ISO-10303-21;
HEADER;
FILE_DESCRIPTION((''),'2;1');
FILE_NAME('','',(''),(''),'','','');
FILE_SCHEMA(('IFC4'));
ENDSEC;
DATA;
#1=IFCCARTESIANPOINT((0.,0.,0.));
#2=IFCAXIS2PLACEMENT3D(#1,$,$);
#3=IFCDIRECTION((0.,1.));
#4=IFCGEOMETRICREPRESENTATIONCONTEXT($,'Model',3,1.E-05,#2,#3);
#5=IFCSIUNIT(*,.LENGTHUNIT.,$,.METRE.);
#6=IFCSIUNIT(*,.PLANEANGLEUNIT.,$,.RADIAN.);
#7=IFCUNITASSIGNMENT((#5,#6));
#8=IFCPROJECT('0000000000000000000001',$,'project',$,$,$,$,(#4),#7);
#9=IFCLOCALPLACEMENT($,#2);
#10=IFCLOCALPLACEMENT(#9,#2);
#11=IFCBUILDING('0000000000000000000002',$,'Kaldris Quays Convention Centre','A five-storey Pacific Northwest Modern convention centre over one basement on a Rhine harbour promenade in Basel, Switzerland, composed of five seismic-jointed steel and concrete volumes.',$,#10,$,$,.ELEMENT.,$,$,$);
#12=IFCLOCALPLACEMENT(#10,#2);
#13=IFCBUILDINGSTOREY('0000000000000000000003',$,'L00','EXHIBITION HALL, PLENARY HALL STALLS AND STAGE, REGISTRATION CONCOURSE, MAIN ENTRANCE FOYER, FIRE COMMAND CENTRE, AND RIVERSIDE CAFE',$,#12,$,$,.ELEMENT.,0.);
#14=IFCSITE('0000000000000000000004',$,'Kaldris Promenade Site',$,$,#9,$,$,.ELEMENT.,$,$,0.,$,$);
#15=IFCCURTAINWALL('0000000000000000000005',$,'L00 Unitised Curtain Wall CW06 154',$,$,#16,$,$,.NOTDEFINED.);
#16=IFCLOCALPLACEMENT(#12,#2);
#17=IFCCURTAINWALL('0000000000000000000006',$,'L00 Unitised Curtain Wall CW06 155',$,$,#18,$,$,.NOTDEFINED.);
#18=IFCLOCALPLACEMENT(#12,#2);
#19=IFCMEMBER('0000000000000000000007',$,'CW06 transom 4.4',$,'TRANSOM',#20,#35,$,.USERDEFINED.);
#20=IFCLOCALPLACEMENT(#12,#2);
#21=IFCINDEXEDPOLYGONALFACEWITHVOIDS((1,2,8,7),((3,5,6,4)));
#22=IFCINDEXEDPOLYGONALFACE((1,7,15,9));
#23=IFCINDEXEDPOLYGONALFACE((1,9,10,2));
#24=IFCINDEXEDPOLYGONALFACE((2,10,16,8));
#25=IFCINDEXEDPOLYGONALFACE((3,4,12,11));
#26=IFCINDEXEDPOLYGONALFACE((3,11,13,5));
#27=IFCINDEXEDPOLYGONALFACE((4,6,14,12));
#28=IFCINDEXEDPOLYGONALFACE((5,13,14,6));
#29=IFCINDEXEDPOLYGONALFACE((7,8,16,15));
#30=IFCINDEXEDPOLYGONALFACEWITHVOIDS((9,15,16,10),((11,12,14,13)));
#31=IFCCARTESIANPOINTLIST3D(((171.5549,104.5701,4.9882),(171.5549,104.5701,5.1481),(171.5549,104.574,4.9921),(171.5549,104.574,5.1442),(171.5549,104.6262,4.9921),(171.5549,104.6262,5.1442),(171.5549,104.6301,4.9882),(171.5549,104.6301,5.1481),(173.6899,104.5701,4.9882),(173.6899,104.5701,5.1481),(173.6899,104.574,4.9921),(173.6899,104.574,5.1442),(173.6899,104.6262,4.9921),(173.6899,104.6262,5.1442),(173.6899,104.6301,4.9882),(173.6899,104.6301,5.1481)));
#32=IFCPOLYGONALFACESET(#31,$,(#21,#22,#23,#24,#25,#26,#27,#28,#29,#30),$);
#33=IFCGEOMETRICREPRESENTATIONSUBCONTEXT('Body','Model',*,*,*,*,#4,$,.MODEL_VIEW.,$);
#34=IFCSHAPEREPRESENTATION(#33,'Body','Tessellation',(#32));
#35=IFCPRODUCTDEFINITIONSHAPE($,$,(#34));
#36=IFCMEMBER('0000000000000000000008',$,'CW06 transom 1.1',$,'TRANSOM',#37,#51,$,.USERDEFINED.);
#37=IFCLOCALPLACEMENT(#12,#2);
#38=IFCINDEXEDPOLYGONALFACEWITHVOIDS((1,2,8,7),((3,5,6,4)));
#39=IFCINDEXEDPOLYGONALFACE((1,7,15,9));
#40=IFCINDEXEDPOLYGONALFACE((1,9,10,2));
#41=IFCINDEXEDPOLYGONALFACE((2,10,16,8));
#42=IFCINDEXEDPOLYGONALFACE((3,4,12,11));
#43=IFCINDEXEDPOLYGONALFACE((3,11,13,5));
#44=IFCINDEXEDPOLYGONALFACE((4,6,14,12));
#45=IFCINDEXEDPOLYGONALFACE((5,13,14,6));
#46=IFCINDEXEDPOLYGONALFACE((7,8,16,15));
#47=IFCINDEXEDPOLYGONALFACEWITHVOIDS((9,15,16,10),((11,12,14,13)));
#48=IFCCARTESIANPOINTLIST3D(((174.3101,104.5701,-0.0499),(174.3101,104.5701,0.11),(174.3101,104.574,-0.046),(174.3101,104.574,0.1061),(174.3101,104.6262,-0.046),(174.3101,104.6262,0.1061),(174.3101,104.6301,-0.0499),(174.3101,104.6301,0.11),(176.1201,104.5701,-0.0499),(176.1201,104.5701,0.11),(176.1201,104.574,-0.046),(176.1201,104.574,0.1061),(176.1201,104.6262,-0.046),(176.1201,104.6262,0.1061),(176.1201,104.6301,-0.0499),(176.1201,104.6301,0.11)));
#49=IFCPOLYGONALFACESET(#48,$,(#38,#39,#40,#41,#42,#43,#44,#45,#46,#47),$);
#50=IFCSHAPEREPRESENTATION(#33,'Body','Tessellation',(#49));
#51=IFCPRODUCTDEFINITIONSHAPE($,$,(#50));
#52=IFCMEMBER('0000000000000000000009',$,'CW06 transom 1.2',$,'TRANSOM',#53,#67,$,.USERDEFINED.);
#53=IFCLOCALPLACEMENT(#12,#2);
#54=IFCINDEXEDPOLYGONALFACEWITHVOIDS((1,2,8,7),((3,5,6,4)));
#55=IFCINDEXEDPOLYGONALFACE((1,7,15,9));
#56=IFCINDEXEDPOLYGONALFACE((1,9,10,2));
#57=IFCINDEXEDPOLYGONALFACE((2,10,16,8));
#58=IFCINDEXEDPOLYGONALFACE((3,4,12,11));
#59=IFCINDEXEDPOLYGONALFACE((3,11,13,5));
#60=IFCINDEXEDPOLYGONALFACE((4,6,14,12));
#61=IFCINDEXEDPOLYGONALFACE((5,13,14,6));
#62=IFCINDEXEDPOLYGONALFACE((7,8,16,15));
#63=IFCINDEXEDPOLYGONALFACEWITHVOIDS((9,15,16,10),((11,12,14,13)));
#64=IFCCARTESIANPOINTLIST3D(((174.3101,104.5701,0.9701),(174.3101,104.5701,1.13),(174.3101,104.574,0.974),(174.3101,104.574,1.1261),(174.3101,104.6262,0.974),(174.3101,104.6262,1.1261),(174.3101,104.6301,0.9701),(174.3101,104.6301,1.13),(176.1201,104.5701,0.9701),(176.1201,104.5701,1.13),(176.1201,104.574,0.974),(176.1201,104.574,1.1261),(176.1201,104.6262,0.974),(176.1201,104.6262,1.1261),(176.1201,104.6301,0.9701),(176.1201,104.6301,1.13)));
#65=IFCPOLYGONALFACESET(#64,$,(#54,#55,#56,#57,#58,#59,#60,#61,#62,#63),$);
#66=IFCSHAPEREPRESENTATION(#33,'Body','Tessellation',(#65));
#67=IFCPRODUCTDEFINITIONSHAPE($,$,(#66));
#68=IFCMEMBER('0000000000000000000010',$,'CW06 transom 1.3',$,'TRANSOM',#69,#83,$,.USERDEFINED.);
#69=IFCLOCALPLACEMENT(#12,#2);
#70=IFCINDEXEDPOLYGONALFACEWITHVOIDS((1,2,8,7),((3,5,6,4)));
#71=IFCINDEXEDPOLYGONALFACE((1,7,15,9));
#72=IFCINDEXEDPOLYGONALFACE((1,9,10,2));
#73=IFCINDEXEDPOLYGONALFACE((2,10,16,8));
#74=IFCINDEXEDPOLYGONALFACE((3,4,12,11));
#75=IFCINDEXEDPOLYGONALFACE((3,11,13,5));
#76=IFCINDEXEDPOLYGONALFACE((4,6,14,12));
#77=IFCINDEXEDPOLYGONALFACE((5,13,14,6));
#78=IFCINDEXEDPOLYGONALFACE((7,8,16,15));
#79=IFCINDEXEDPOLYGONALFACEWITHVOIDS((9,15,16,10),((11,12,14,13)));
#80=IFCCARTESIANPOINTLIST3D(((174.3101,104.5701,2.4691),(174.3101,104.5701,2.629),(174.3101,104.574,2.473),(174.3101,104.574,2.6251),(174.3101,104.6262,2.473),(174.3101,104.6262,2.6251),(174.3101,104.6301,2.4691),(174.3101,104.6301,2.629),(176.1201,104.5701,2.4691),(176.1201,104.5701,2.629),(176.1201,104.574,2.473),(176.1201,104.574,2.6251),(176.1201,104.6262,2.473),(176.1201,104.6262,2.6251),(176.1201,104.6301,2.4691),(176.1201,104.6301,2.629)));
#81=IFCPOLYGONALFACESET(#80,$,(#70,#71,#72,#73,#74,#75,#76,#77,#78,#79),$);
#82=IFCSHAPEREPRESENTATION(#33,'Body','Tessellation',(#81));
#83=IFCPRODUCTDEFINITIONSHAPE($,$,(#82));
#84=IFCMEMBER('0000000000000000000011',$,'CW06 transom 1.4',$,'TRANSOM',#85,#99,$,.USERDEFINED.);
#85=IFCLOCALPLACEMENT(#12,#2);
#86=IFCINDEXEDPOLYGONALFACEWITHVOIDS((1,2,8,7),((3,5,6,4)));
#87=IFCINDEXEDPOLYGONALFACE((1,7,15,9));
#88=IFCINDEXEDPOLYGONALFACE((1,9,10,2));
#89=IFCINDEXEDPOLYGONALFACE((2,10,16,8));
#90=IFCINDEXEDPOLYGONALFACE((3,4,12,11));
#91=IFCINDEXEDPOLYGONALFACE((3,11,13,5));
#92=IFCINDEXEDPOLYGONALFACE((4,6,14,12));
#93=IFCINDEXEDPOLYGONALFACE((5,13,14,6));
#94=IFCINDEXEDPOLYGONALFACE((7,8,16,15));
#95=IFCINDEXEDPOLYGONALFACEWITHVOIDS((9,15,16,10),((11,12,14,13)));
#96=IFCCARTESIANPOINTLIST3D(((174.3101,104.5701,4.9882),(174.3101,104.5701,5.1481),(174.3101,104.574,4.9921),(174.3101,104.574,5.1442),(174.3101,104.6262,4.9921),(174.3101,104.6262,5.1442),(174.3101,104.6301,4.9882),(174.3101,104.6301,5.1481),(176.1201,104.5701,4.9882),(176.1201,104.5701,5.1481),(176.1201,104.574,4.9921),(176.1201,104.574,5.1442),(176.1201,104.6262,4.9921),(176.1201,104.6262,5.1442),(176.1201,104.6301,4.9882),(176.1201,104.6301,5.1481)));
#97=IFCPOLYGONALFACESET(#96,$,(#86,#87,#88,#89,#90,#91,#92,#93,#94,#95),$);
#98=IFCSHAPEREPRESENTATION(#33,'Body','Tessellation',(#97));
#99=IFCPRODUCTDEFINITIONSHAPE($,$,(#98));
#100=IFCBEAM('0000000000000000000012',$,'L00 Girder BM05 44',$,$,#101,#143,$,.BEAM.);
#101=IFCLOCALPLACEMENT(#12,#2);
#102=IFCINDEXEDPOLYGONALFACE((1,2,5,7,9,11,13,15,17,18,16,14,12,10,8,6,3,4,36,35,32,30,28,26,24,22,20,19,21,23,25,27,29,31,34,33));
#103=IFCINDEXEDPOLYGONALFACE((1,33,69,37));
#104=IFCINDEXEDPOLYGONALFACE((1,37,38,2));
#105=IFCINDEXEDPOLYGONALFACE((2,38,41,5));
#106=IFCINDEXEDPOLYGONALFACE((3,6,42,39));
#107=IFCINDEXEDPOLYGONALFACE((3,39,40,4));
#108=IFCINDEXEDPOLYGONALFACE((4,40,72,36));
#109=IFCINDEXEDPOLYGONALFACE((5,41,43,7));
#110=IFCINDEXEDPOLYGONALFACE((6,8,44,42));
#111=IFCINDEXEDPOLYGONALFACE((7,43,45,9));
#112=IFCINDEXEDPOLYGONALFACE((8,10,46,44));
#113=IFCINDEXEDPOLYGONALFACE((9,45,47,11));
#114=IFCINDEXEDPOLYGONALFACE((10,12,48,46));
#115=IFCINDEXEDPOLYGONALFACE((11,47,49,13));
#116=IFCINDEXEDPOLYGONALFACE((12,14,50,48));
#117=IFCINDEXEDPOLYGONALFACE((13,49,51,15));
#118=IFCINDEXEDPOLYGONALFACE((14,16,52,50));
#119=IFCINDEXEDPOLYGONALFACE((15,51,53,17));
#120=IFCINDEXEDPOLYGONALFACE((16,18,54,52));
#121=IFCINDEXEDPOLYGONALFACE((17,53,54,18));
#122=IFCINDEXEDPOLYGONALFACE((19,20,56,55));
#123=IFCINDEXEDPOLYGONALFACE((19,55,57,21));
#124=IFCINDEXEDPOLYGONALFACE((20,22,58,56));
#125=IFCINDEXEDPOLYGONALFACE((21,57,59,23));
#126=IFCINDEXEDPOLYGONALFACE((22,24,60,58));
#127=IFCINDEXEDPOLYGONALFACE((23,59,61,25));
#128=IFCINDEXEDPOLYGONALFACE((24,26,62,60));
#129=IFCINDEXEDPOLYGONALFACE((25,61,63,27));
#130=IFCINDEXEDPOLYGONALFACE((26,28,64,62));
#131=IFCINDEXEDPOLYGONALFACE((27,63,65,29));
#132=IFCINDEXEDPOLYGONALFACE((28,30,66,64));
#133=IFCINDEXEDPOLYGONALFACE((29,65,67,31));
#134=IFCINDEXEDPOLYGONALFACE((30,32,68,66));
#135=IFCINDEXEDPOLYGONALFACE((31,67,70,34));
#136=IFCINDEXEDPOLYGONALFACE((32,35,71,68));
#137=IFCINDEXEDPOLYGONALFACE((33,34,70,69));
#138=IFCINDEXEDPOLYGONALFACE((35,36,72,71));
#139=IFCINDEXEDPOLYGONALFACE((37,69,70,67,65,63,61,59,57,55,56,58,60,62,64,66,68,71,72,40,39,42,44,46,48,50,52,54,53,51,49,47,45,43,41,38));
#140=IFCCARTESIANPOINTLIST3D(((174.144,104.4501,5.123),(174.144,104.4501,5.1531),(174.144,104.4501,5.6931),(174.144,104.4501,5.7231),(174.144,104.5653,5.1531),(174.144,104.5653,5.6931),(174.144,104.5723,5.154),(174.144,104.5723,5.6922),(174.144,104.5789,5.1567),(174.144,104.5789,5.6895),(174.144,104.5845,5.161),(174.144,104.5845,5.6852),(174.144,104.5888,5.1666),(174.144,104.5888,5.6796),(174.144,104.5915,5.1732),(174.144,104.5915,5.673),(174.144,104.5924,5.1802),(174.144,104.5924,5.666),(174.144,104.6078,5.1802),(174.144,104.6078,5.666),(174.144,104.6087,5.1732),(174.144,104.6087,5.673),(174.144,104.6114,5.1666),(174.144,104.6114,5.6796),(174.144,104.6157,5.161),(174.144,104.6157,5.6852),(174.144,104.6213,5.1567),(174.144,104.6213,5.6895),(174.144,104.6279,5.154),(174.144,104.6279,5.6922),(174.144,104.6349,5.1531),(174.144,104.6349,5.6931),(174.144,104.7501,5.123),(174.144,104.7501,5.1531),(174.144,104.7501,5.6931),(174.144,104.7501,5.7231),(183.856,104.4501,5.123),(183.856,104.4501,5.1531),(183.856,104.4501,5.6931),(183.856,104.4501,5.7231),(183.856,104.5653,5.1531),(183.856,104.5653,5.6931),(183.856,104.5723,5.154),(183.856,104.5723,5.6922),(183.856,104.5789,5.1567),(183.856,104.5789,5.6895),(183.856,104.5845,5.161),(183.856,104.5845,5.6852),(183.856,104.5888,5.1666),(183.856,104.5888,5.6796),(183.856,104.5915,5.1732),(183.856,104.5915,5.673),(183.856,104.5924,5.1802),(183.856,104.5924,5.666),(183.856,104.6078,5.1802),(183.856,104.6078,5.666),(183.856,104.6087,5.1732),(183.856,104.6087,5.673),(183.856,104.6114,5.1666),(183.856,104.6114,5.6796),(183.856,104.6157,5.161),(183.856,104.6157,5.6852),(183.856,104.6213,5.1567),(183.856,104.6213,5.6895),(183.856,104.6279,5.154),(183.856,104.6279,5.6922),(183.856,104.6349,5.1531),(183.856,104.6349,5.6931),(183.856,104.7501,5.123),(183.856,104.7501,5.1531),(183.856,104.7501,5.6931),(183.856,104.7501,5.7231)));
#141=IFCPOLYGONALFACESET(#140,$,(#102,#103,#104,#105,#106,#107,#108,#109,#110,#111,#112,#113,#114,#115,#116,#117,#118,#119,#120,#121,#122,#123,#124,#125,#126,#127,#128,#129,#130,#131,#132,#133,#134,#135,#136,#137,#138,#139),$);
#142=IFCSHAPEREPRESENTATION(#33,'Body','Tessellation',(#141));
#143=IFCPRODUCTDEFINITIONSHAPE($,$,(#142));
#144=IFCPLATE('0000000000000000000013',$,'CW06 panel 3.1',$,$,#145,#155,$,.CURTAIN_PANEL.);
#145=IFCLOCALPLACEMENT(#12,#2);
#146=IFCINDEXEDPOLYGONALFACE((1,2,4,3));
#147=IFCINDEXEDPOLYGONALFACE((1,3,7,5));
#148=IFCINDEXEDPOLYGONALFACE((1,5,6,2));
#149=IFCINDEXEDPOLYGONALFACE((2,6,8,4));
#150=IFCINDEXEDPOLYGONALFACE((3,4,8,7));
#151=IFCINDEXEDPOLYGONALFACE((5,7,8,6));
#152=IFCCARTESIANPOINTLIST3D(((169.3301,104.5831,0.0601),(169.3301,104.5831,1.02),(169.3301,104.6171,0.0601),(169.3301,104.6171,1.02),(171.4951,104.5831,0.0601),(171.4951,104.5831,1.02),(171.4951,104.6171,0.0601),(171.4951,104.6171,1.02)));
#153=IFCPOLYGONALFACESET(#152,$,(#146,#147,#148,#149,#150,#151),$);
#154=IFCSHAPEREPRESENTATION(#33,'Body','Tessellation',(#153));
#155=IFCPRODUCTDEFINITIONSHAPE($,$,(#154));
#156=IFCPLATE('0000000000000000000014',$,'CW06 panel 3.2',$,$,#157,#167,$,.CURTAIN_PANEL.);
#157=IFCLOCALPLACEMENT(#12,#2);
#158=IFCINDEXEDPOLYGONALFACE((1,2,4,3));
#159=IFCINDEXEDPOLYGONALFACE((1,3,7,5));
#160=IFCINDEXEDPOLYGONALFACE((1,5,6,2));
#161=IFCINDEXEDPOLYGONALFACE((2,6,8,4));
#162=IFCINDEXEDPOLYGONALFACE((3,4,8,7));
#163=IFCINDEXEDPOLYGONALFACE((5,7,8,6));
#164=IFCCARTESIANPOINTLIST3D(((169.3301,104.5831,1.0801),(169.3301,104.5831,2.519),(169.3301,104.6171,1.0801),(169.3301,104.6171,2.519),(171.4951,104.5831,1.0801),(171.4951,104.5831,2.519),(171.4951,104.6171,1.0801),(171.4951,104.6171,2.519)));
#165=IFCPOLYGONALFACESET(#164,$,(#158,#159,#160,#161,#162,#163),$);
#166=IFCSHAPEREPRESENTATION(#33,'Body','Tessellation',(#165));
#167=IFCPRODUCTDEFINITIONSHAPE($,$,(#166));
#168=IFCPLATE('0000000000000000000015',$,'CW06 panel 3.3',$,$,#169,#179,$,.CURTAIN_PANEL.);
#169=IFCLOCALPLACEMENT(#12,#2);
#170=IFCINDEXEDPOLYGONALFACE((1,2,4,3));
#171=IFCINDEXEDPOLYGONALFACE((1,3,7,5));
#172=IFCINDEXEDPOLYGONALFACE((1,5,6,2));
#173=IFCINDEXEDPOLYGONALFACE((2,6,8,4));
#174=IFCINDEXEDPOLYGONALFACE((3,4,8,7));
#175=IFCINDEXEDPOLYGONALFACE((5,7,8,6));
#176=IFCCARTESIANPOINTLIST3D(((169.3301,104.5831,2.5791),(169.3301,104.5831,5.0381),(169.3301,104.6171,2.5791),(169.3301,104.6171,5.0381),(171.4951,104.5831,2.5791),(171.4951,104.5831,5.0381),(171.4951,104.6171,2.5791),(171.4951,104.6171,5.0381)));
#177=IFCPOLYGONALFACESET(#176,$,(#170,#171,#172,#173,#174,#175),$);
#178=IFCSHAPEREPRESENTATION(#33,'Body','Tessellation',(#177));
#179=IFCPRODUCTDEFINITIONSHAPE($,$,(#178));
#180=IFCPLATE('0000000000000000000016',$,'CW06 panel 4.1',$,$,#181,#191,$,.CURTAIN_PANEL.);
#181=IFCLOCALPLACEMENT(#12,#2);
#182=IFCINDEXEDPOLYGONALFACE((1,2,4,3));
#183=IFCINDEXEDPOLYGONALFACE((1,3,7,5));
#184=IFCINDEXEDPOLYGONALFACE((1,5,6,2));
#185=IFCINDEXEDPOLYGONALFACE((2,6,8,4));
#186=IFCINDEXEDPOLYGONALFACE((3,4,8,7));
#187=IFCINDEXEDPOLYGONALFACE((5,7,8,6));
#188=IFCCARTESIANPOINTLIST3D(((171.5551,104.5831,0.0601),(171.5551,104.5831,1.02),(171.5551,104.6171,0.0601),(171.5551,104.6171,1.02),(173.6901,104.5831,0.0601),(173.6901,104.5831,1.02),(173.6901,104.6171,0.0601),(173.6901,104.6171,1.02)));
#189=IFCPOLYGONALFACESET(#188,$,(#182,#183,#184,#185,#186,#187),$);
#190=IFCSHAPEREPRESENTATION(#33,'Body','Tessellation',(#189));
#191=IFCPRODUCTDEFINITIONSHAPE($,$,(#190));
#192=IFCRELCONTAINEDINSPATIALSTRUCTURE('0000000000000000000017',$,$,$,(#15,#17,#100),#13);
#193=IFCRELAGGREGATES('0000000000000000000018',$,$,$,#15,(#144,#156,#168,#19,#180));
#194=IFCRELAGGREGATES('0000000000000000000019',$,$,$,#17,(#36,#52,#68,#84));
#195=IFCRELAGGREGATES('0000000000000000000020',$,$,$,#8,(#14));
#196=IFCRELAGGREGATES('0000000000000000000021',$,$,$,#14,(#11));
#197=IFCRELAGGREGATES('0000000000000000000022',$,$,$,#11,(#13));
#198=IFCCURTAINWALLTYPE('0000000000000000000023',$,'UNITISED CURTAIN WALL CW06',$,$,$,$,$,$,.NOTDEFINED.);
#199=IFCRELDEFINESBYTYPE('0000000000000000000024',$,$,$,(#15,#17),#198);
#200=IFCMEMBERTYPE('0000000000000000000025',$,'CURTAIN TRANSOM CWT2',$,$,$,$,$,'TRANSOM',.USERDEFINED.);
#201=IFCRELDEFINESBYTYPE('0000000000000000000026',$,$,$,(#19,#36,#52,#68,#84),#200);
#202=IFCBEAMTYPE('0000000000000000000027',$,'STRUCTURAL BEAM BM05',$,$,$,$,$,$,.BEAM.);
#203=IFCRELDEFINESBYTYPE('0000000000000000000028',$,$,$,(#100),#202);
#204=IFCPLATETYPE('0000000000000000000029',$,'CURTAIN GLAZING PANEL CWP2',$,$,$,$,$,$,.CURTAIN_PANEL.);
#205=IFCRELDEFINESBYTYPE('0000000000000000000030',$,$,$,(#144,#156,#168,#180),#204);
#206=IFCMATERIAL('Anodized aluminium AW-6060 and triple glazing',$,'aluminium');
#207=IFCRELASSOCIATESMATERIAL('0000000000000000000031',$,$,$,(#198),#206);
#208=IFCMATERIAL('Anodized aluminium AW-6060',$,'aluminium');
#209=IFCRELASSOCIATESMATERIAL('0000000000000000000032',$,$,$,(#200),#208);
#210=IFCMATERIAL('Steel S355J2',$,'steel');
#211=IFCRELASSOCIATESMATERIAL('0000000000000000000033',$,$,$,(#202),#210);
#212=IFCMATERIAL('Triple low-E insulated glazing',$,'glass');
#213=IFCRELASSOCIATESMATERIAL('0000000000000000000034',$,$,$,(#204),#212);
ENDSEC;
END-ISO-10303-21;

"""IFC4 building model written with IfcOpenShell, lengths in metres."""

from ifc_helpers import new_model, si_unit, direction, frame, origin, origin_2d, place, context, subcontext, project, spatial, rectangle, hollow_rectangle, i_section, extrude, material, material_profile, profile_set, type_object, element, aggregate, save


model = new_model("IFC4")

# Units and contexts
model_context = context("Model", 3, precision=1e-05, world=origin(), true_north=direction((0.0, 1.0)))
body_context = subcontext(model_context, "Body", "Model", "MODEL_VIEW")
ifc_project = project(units=[si_unit("LENGTHUNIT", "METRE"), si_unit("PLANEANGLEUNIT", "RADIAN")], contexts=[model_context])

# Site, building, storey
site_placement = place(None, origin())
site = spatial("IfcSite", under=ifc_project, at=site_placement, Name="Kaldris Promenade Site", CompositionType="ELEMENT", RefElevation=0.0)
building_placement = place(site_placement, origin())
building = spatial("IfcBuilding", under=site, at=building_placement, Name="Kaldris Quays Convention Centre", Description="A five-storey Pacific Northwest Modern convention centre over one basement on a Rhine harbour promenade in Basel, Switzerland, composed of five seismic-jointed steel and concrete volumes.", CompositionType="ELEMENT")
storey_placement = place(building_placement, origin())
storey = spatial("IfcBuildingStorey", under=building, at=storey_placement, Name="L00", Description="EXHIBITION HALL, PLENARY HALL STALLS AND STAGE, REGISTRATION CONCOURSE, MAIN ENTRANCE FOYER, FIRE COMMAND CENTRE, AND RIVERSIDE CAFE", CompositionType="ELEMENT", Elevation=0.0)

# Shared definitions
ifc_material_1 = material(Name="Steel S355J2", Category="steel")

# Curtain walls
ifc_material_2 = material(Name="Anodized aluminium AW-6060 and triple glazing", Category="aluminium")
curtain_wall_type = type_object("IfcCurtainWallType", Name="UNITISED CURTAIN WALL CW06", PredefinedType="NOTDEFINED", material=ifc_material_2)
curtain_wall_1_placement = place(storey_placement, origin())
curtain_wall_1 = element("IfcCurtainWall", 1, at=curtain_wall_1_placement, inside=storey, type_object=curtain_wall_type, Name="L00 Unitised Curtain Wall CW06 154", PredefinedType="NOTDEFINED")
ifc_material_3 = material(Name="Anodized aluminium AW-6060", Category="aluminium")
curtain_wall_2_placement = place(storey_placement, origin())
curtain_wall_2 = element("IfcCurtainWall", 2, at=curtain_wall_2_placement, inside=storey, type_object=curtain_wall_type, Name="L00 Unitised Curtain Wall CW06 155", PredefinedType="NOTDEFINED")

# Members
ifc_material_profile_1 = material_profile(ifc_material_3, hollow_rectangle(XDim=0.0601, YDim=0.1599, WallThickness=0.0039, at=origin_2d()), Name="RHS 160x60x4")
ifc_profile_set_1 = profile_set([ifc_material_profile_1], Name="Anodized aluminium AW-6060")
member_type_1 = type_object("IfcMemberType", Name="CURTAIN TRANSOM CWT2", ElementType="TRANSOM", PredefinedType="USERDEFINED", material=ifc_profile_set_1)
member_1_placement = place(storey_placement, frame((171.5549, 104.6001, 5.0681), z_axis=(1.0, 0.0, 0.0), x_axis=(0.0, 1.0, 0.0)))
member_1 = element("IfcMember", 3, at=member_1_placement, type_object=member_type_1, Name="CW06 transom 4.4", ObjectType="TRANSOM", PredefinedType="USERDEFINED", context=body_context, shape_type="SweptSolid", body=[
    extrude(hollow_rectangle(XDim=0.0601, YDim=0.1599, WallThickness=0.0039, at=origin_2d()), origin(), (0.0, 0.0, 1.0), 2.135),
])
member_2_placement = place(storey_placement, frame((174.3101, 104.6001, 0.03), z_axis=(1.0, 0.0, 0.0), x_axis=(0.0, 1.0, 0.0)))
member_2 = element("IfcMember", 4, at=member_2_placement, type_object=member_type_1, Name="CW06 transom 1.1", ObjectType="TRANSOM", PredefinedType="USERDEFINED", context=body_context, shape_type="SweptSolid", body=[
    extrude(hollow_rectangle(XDim=0.0601, YDim=0.1599, WallThickness=0.0039, at=origin_2d()), origin(), (0.0, 0.0, 1.0), 1.8101),
])
member_3_placement = place(storey_placement, frame((174.3101, 104.6001, 1.05), z_axis=(1.0, 0.0, 0.0), x_axis=(0.0, 1.0, 0.0)))
member_3 = element("IfcMember", 5, at=member_3_placement, type_object=member_type_1, Name="CW06 transom 1.2", ObjectType="TRANSOM", PredefinedType="USERDEFINED", context=body_context, shape_type="SweptSolid", body=[
    extrude(hollow_rectangle(XDim=0.0601, YDim=0.1599, WallThickness=0.0039, at=origin_2d()), origin(), (0.0, 0.0, 1.0), 1.8101),
])
member_4_placement = place(storey_placement, frame((174.3101, 104.6001, 2.5491), z_axis=(1.0, 0.0, 0.0), x_axis=(0.0, 1.0, 0.0)))
member_4 = element("IfcMember", 6, at=member_4_placement, type_object=member_type_1, Name="CW06 transom 1.3", ObjectType="TRANSOM", PredefinedType="USERDEFINED", context=body_context, shape_type="SweptSolid", body=[
    extrude(hollow_rectangle(XDim=0.0601, YDim=0.1599, WallThickness=0.0039, at=origin_2d()), origin(), (0.0, 0.0, 1.0), 1.8101),
])
member_5_placement = place(storey_placement, frame((174.3101, 104.6001, 5.0681), z_axis=(1.0, 0.0, 0.0), x_axis=(0.0, 1.0, 0.0)))
member_5 = element("IfcMember", 7, at=member_5_placement, type_object=member_type_1, Name="CW06 transom 1.4", ObjectType="TRANSOM", PredefinedType="USERDEFINED", context=body_context, shape_type="SweptSolid", body=[
    extrude(hollow_rectangle(XDim=0.0601, YDim=0.1599, WallThickness=0.0039, at=origin_2d()), origin(), (0.0, 0.0, 1.0), 1.8101),
])

# Beam
ifc_material_profile_2 = material_profile(ifc_material_1, i_section(OverallWidth=0.3, OverallDepth=0.6001, WebThickness=0.0154, FlangeThickness=0.03, FilletRadius=0.0271, at=origin_2d()), Name="HEB 600")
ifc_profile_set_2 = profile_set([ifc_material_profile_2], Name="Steel S355J2")
beam_type = type_object("IfcBeamType", Name="STRUCTURAL BEAM BM05", PredefinedType="BEAM", material=ifc_profile_set_2)
beam_placement = place(storey_placement, frame((174.144, 104.6001, 5.4231), z_axis=(1.0, 0.0, 0.0), x_axis=(0.0, 1.0, 0.0)))
element("IfcBeam", 8, at=beam_placement, inside=storey, type_object=beam_type, Name="L00 Girder BM05 44", PredefinedType="BEAM", context=body_context, shape_type="SweptSolid", body=[
    extrude(i_section(OverallWidth=0.3, OverallDepth=0.6001, WebThickness=0.0154, FlangeThickness=0.03, FilletRadius=0.0271, at=origin_2d()), origin(), (0.0, 0.0, 1.0), 9.7119),
])

# Plates
ifc_material_4 = material(Name="Triple low-E insulated glazing", Category="glass")
plate_type_1 = type_object("IfcPlateType", Name="CURTAIN GLAZING PANEL CWP2", PredefinedType="CURTAIN_PANEL", material=ifc_material_4)
plate_1_placement = place(storey_placement, frame((170.4126, 104.6001, 0.0601), z_axis=(0.0, 0.0, 1.0), x_axis=(1.0, 0.0, 0.0)))
plate_1 = element("IfcPlate", 9, at=plate_1_placement, type_object=plate_type_1, Name="CW06 panel 3.1", PredefinedType="CURTAIN_PANEL", context=body_context, shape_type="SweptSolid", body=[
    extrude(rectangle(XDim=2.165, YDim=0.0339, at=origin_2d()), origin(), (0.0, 0.0, 1.0), 0.96),
])
plate_2_placement = place(storey_placement, frame((170.4126, 104.6001, 1.0801), z_axis=(0.0, 0.0, 1.0), x_axis=(1.0, 0.0, 0.0)))
plate_2 = element("IfcPlate", 10, at=plate_2_placement, type_object=plate_type_1, Name="CW06 panel 3.2", PredefinedType="CURTAIN_PANEL", context=body_context, shape_type="SweptSolid", body=[
    extrude(rectangle(XDim=2.165, YDim=0.0339, at=origin_2d()), origin(), (0.0, 0.0, 1.0), 1.439),
])
plate_3_placement = place(storey_placement, frame((170.4126, 104.6001, 2.5791), z_axis=(0.0, 0.0, 1.0), x_axis=(1.0, 0.0, 0.0)))
plate_3 = element("IfcPlate", 11, at=plate_3_placement, type_object=plate_type_1, Name="CW06 panel 3.3", PredefinedType="CURTAIN_PANEL", context=body_context, shape_type="SweptSolid", body=[
    extrude(rectangle(XDim=2.165, YDim=0.0339, at=origin_2d()), origin(), (0.0, 0.0, 1.0), 2.459),
])
plate_4_placement = place(storey_placement, frame((172.6226, 104.6001, 0.0601), z_axis=(0.0, 0.0, 1.0), x_axis=(1.0, 0.0, 0.0)))
plate_4 = element("IfcPlate", 12, at=plate_4_placement, type_object=plate_type_1, Name="CW06 panel 4.1", PredefinedType="CURTAIN_PANEL", context=body_context, shape_type="SweptSolid", body=[
    extrude(rectangle(XDim=2.135, YDim=0.0339, at=origin_2d()), origin(), (0.0, 0.0, 1.0), 0.96),
])
aggregate(curtain_wall_1, [plate_1, plate_2, plate_3, member_1, plate_4])
aggregate(curtain_wall_2, [member_2, member_3, member_4, member_5])

save(model, "model.ifc")
